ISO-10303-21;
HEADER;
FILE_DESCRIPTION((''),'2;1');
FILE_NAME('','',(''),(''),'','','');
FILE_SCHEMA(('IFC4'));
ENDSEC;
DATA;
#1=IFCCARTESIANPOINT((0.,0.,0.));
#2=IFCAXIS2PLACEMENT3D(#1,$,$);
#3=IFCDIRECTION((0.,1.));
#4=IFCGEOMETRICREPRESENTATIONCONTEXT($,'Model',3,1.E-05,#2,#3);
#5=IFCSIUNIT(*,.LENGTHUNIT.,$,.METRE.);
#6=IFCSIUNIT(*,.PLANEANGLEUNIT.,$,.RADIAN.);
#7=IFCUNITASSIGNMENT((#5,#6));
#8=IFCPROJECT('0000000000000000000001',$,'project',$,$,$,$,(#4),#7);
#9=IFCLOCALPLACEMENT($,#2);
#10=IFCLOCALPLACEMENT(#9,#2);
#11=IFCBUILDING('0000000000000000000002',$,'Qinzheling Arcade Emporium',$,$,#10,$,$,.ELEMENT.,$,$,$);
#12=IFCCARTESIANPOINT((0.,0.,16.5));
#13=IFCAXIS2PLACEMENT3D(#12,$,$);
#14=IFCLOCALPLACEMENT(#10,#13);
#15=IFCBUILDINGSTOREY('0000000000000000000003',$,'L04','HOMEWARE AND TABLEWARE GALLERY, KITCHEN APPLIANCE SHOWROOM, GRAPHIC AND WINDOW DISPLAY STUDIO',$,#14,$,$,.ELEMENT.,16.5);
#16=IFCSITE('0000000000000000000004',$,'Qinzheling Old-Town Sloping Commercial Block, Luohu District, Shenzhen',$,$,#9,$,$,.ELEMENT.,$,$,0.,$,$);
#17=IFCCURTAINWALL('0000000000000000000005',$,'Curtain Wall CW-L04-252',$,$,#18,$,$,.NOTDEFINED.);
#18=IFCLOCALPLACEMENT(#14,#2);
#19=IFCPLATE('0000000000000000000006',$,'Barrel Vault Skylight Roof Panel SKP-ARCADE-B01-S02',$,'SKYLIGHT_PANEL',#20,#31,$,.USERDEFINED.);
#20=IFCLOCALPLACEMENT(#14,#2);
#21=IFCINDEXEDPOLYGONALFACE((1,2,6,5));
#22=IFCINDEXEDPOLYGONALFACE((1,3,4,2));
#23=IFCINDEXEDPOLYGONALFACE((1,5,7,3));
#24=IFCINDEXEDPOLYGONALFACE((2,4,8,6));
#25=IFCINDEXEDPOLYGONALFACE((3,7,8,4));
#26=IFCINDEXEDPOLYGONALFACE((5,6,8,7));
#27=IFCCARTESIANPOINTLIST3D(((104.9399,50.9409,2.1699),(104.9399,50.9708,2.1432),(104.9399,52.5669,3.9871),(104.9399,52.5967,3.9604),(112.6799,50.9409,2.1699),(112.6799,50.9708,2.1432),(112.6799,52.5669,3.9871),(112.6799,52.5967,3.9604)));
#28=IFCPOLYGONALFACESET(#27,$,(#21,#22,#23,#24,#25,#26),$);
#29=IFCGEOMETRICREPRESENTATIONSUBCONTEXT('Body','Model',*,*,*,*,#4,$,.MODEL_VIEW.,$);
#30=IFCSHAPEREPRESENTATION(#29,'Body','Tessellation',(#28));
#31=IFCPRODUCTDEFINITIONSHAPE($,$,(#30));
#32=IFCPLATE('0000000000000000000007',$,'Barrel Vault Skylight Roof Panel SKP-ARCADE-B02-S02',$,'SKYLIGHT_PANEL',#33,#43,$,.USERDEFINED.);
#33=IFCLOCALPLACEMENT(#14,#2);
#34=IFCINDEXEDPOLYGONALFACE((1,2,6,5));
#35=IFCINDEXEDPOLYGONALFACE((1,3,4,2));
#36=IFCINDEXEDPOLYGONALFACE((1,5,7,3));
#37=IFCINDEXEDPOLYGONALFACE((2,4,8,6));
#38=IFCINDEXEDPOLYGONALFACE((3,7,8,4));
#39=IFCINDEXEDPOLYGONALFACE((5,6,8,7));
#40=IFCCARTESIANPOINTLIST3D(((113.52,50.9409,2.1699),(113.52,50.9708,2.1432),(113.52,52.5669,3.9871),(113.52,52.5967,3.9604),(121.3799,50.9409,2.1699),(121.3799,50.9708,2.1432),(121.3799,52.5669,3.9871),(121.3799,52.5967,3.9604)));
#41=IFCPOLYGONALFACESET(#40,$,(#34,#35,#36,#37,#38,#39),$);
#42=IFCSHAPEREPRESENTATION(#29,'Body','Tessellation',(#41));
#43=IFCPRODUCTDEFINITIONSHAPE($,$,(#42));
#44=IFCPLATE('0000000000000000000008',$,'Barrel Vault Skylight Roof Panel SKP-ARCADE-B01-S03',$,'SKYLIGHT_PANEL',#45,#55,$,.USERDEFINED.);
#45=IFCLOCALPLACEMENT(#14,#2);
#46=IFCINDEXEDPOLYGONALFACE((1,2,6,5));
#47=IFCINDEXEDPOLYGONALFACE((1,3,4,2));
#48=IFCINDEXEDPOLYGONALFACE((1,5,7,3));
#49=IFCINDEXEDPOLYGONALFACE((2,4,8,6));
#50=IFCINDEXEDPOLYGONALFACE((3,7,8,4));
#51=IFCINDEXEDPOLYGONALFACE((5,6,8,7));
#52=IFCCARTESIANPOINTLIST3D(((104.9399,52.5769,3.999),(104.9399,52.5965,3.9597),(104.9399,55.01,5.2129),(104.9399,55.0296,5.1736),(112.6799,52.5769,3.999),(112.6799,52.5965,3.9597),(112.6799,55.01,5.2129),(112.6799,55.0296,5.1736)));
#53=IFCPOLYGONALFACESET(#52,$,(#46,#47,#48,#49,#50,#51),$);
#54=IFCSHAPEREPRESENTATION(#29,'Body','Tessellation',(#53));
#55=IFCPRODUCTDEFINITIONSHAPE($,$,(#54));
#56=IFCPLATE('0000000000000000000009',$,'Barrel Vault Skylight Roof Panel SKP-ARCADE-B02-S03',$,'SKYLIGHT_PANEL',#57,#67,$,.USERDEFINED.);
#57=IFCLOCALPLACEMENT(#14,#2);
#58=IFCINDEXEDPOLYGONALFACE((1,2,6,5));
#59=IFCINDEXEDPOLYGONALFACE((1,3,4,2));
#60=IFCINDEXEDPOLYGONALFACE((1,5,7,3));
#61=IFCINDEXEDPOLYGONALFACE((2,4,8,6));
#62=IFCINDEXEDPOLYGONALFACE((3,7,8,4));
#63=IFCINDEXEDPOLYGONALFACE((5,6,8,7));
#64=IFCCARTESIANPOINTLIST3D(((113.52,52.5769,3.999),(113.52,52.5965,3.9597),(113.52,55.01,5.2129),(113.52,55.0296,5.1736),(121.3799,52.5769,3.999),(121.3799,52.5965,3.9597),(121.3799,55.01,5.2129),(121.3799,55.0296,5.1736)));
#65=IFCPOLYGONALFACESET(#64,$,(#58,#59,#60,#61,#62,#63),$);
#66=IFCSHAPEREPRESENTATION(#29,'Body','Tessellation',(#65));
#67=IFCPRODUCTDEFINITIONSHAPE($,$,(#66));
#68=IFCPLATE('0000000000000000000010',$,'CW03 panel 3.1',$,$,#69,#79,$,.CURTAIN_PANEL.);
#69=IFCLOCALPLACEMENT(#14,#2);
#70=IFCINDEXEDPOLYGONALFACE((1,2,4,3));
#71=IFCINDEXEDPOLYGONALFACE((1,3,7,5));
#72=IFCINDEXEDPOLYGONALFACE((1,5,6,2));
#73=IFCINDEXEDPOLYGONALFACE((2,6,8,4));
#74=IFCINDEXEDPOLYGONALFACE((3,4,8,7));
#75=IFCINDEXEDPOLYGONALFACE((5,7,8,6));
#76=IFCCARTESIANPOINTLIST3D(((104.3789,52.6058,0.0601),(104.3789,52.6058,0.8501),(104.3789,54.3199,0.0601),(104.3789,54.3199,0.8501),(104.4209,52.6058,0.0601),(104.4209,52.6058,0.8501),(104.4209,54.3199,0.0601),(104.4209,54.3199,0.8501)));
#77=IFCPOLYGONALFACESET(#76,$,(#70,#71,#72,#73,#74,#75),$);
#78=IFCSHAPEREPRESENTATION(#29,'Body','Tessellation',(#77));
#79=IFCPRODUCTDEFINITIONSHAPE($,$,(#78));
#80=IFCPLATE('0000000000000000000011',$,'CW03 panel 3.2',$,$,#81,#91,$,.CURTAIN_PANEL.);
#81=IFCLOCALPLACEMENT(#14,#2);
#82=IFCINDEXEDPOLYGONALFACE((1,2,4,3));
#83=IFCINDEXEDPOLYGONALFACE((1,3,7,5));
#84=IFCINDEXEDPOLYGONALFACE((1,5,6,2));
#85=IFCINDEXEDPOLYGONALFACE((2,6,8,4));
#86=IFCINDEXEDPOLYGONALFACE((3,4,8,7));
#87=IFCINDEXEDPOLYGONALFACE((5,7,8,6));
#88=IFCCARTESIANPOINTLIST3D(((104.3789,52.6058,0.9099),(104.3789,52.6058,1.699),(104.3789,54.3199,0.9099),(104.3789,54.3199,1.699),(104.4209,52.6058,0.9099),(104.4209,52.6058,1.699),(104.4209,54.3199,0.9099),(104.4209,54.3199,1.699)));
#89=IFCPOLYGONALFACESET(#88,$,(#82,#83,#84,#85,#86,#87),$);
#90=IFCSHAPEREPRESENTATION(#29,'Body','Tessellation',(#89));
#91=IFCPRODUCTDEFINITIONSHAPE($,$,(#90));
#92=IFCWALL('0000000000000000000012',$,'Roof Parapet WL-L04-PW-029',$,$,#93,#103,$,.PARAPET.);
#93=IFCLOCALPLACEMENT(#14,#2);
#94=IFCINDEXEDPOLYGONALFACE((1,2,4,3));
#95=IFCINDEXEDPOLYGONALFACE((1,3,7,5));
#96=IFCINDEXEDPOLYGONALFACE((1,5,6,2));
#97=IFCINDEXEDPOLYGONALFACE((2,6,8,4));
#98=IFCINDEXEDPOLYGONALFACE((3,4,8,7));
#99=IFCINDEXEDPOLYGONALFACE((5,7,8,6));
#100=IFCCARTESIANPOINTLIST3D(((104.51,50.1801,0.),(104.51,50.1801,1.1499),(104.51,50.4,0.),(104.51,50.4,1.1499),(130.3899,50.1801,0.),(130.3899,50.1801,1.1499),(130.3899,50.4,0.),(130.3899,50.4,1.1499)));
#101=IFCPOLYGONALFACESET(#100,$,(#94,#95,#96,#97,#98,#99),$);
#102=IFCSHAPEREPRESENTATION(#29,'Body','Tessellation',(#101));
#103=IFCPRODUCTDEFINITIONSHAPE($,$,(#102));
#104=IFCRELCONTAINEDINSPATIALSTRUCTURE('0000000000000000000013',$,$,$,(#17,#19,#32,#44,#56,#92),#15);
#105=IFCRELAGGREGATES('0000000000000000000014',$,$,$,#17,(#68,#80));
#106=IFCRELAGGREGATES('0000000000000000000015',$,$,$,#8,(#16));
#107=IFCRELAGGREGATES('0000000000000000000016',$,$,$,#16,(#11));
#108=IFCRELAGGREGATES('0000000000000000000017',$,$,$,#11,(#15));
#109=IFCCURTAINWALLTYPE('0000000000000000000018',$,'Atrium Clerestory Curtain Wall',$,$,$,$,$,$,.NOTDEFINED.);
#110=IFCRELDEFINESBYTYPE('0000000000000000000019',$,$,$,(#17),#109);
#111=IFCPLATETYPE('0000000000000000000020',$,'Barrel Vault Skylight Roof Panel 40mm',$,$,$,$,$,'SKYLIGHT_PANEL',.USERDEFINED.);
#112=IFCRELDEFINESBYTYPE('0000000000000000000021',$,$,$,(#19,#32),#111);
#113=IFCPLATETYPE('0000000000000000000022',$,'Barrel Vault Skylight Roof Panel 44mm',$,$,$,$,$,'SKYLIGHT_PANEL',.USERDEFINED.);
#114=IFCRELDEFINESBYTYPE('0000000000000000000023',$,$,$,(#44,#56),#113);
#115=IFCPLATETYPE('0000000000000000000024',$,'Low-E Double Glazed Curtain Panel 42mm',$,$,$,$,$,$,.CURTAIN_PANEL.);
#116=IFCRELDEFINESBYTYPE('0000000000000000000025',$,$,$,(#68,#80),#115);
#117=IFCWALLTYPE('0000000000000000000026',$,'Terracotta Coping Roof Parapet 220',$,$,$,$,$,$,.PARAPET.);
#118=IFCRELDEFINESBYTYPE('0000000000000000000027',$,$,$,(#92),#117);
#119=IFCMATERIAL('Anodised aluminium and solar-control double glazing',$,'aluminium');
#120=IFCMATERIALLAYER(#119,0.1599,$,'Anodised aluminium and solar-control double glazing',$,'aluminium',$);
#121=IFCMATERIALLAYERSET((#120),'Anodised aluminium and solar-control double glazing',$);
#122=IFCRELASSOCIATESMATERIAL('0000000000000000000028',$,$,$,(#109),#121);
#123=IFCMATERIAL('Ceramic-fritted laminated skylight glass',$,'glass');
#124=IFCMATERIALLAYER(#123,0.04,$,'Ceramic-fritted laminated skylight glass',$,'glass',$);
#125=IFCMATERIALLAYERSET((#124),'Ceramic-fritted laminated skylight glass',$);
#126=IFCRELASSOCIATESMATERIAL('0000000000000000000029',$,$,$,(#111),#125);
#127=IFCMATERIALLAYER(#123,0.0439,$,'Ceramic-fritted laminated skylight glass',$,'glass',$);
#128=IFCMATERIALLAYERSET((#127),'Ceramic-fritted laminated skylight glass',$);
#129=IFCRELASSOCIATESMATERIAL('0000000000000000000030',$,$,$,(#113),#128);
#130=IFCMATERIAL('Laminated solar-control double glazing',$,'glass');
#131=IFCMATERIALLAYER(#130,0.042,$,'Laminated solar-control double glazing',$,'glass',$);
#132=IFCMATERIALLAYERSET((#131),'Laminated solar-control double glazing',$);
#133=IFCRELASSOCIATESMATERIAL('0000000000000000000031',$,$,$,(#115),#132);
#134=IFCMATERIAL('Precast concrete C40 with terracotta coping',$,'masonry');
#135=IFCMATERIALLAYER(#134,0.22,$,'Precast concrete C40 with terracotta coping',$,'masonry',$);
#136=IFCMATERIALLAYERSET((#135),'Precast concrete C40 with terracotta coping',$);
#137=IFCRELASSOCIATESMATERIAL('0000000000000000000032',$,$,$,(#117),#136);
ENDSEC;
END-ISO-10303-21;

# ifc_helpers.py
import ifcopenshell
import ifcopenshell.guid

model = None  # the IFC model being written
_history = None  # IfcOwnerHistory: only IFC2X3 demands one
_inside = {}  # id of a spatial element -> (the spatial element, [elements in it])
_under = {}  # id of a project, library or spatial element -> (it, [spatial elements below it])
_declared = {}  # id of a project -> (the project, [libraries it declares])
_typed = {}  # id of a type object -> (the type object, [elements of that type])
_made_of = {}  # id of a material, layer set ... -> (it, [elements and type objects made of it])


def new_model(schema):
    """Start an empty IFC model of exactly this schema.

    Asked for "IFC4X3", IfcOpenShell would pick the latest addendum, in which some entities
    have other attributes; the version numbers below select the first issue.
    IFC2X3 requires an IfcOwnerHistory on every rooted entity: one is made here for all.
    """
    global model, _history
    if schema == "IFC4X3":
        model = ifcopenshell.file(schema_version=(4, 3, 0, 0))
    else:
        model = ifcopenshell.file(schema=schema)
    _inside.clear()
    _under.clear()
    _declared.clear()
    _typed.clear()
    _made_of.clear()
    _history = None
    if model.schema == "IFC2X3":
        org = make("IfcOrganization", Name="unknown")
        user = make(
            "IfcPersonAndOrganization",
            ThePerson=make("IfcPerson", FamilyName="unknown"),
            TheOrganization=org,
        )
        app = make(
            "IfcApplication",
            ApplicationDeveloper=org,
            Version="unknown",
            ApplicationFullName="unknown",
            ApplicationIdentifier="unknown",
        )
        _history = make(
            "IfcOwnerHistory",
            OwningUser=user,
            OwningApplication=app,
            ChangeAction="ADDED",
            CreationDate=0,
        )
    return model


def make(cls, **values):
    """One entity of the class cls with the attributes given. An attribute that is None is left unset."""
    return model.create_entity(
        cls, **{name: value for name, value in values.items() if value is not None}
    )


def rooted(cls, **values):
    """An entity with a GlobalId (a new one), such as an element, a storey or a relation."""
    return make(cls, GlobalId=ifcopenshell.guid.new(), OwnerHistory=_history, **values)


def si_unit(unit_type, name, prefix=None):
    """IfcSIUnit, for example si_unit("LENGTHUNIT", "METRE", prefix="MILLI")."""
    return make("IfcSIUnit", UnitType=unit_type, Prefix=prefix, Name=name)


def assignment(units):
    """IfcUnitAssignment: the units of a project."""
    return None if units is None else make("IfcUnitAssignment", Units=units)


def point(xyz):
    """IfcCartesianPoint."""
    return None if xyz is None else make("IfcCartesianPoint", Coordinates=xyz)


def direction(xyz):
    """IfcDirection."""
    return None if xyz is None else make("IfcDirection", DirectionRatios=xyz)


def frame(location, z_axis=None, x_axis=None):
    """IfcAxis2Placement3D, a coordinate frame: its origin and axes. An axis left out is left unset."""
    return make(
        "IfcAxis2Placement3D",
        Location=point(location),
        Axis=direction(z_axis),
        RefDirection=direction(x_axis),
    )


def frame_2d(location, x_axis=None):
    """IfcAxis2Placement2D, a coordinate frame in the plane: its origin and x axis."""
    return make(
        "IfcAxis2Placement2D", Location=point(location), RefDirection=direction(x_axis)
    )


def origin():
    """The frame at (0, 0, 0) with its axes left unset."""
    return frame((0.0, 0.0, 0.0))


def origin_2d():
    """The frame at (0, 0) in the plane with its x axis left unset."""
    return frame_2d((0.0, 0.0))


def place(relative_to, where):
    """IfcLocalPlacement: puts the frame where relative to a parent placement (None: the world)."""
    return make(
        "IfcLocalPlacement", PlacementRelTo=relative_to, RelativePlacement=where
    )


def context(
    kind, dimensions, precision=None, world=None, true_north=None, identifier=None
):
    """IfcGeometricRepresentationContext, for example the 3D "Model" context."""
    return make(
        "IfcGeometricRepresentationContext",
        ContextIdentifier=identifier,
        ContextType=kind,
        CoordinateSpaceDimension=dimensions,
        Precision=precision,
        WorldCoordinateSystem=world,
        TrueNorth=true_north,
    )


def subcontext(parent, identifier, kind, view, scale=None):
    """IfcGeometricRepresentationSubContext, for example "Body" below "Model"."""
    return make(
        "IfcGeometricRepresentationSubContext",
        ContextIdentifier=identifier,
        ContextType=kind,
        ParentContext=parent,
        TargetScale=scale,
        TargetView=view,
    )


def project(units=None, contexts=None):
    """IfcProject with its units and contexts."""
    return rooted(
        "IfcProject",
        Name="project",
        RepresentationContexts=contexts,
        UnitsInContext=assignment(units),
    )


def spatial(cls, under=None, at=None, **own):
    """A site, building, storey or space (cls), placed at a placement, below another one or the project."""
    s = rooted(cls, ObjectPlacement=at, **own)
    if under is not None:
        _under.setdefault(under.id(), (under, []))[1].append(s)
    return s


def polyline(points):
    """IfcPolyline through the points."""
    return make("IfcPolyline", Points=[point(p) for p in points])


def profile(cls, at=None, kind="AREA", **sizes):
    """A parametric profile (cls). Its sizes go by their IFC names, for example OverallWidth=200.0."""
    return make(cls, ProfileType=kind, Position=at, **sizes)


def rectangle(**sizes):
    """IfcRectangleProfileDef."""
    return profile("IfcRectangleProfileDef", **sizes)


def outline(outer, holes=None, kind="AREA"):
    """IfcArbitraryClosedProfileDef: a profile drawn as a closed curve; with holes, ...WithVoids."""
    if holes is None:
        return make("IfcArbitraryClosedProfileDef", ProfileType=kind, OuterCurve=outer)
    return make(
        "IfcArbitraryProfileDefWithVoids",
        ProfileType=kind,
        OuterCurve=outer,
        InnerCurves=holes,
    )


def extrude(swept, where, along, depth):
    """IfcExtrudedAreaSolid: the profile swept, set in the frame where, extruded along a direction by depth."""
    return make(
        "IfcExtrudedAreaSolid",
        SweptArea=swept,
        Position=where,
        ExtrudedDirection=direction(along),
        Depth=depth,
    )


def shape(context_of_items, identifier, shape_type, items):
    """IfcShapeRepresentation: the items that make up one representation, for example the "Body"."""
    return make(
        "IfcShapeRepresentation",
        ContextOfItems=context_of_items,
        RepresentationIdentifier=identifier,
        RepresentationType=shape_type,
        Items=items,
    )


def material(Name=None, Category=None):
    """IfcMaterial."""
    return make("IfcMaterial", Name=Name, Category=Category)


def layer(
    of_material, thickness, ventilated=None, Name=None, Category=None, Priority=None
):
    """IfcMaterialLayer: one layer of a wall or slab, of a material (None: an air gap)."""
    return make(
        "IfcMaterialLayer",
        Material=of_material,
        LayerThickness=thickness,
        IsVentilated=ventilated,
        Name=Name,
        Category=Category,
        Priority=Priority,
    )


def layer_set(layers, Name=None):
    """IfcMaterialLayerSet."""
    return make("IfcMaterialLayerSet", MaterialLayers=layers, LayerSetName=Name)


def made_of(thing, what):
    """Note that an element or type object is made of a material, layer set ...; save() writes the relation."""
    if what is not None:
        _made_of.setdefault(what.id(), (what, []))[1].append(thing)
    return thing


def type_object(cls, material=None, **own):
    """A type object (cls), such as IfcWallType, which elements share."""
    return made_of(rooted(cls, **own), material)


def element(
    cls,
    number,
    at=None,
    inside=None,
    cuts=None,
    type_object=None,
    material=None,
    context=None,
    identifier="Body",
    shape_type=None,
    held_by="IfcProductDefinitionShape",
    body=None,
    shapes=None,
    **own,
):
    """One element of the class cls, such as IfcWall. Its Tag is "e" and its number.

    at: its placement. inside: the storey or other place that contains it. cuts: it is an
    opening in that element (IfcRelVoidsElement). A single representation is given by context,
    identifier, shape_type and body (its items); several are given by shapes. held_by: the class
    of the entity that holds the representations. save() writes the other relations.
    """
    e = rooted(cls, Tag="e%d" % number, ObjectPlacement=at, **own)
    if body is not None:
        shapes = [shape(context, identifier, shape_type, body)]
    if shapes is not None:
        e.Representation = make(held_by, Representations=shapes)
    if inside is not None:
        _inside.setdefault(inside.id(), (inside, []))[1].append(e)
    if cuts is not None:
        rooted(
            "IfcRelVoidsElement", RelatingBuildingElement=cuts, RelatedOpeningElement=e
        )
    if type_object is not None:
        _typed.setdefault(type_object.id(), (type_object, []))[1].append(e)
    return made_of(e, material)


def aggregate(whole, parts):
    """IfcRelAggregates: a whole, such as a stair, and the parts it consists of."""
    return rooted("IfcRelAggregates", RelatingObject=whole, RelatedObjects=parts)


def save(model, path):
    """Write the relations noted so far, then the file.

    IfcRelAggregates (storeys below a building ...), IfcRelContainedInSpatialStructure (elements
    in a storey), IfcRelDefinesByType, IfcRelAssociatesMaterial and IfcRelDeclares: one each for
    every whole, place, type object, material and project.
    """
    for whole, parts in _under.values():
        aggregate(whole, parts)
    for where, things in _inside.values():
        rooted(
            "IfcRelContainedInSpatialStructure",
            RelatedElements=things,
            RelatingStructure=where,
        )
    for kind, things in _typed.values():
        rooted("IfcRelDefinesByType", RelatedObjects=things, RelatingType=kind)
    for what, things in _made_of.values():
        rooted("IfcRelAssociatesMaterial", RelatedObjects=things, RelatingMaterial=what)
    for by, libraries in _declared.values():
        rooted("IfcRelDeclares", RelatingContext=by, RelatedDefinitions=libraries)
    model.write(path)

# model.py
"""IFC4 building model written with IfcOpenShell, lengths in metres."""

from ifc_helpers import new_model, si_unit, direction, frame, frame_2d, origin, origin_2d, place, context, subcontext, project, spatial, polyline, rectangle, outline, extrude, material, layer, layer_set, type_object, element, aggregate, save


model = new_model("IFC4")

# Units and contexts
model_context = context("Model", 3, precision=1e-05, world=origin(), true_north=direction((0.0, 1.0)))
body_context = subcontext(model_context, "Body", "Model", "MODEL_VIEW")
ifc_project = project(units=[si_unit("LENGTHUNIT", "METRE"), si_unit("PLANEANGLEUNIT", "RADIAN")], contexts=[model_context])

# Site, building, storey
site_placement = place(None, origin())
site = spatial("IfcSite", under=ifc_project, at=site_placement, Name="Qinzheling Old-Town Sloping Commercial Block, Luohu District, Shenzhen", CompositionType="ELEMENT", RefElevation=0.0)
building_placement = place(site_placement, origin())
building = spatial("IfcBuilding", under=site, at=building_placement, Name="Qinzheling Arcade Emporium", CompositionType="ELEMENT")
storey_placement = place(building_placement, frame((0.0, 0.0, 16.5)))
storey = spatial("IfcBuildingStorey", under=building, at=storey_placement, Name="L04", Description="HOMEWARE AND TABLEWARE GALLERY, KITCHEN APPLIANCE SHOWROOM, GRAPHIC AND WINDOW DISPLAY STUDIO", CompositionType="ELEMENT", Elevation=16.5)

# Curtain wall
ifc_material_1 = material(Name="Anodised aluminium and solar-control double glazing", Category="aluminium")
ifc_layer_1 = layer(ifc_material_1, 0.1599, Name="Anodised aluminium and solar-control double glazing", Category="aluminium")
ifc_layer_set_1 = layer_set([ifc_layer_1], Name="Anodised aluminium and solar-control double glazing")
curtain_wall_type = type_object("IfcCurtainWallType", Name="Atrium Clerestory Curtain Wall", PredefinedType="NOTDEFINED", material=ifc_layer_set_1)
curtain_wall_placement = place(storey_placement, origin())
curtain_wall = element("IfcCurtainWall", 1, at=curtain_wall_placement, inside=storey, type_object=curtain_wall_type, Name="Curtain Wall CW-L04-252", PredefinedType="NOTDEFINED")

# Plates
ifc_material_2 = material(Name="Ceramic-fritted laminated skylight glass", Category="glass")
ifc_layer_2 = layer(ifc_material_2, 0.04, Name="Ceramic-fritted laminated skylight glass", Category="glass")
ifc_layer_set_2 = layer_set([ifc_layer_2], Name="Ceramic-fritted laminated skylight glass")
plate_type_1 = type_object("IfcPlateType", Name="Barrel Vault Skylight Roof Panel 40mm", ElementType="SKYLIGHT_PANEL", PredefinedType="USERDEFINED", material=ifc_layer_set_2)
plate_1_placement = place(storey_placement, frame((104.9399, 50.9409, 2.1699), z_axis=(0.0, -0.745218, 0.666821), x_axis=(1.0, 0.0, 0.0)))
element("IfcPlate", 2, at=plate_1_placement, inside=storey, type_object=plate_type_1, Name="Barrel Vault Skylight Roof Panel SKP-ARCADE-B01-S02", ObjectType="SKYLIGHT_PANEL", PredefinedType="USERDEFINED", context=body_context, shape_type="SweptSolid", body=[
    extrude(outline(polyline([(0.0, 0.0), (7.74, 0.0), (7.74, 2.4384), (0.0, 2.4384), (0.0, 0.0)])), origin(), (0.0, 0.0, -1.0), 0.04),
])
plate_2_placement = place(storey_placement, frame((113.52, 50.9409, 2.1699), z_axis=(0.0, -0.745218, 0.666821), x_axis=(1.0, 0.0, 0.0)))
element("IfcPlate", 3, at=plate_2_placement, inside=storey, type_object=plate_type_1, Name="Barrel Vault Skylight Roof Panel SKP-ARCADE-B02-S02", ObjectType="SKYLIGHT_PANEL", PredefinedType="USERDEFINED", context=body_context, shape_type="SweptSolid", body=[
    extrude(outline(polyline([(0.0, 0.0), (7.8599, 0.0), (7.8599, 2.4384), (0.0, 2.4384), (0.0, 0.0)])), origin(), (0.0, 0.0, -1.0), 0.04),
])
ifc_layer_3 = layer(ifc_material_2, 0.0439, Name="Ceramic-fritted laminated skylight glass", Category="glass")
ifc_layer_set_3 = layer_set([ifc_layer_3], Name="Ceramic-fritted laminated skylight glass")
plate_type_2 = type_object("IfcPlateType", Name="Barrel Vault Skylight Roof Panel 44mm", ElementType="SKYLIGHT_PANEL", PredefinedType="USERDEFINED", material=ifc_layer_set_3)
plate_3_placement = place(storey_placement, frame((104.9399, 52.5769, 3.999), z_axis=(0.0, -0.446423, 0.894822), x_axis=(1.0, 0.0, 0.0)))
element("IfcPlate", 4, at=plate_3_placement, inside=storey, type_object=plate_type_2, Name="Barrel Vault Skylight Roof Panel SKP-ARCADE-B01-S03", ObjectType="SKYLIGHT_PANEL", PredefinedType="USERDEFINED", context=body_context, shape_type="SweptSolid", body=[
    extrude(outline(polyline([(0.0, 0.0), (7.74, 0.0), (7.74, 2.7191), (0.0, 2.7191), (0.0, 0.0)])), origin(), (0.0, 0.0, -1.0), 0.0439),
])
plate_4_placement = place(storey_placement, frame((113.52, 52.5769, 3.999), z_axis=(0.0, -0.446423, 0.894822), x_axis=(1.0, 0.0, 0.0)))
element("IfcPlate", 5, at=plate_4_placement, inside=storey, type_object=plate_type_2, Name="Barrel Vault Skylight Roof Panel SKP-ARCADE-B02-S03", ObjectType="SKYLIGHT_PANEL", PredefinedType="USERDEFINED", context=body_context, shape_type="SweptSolid", body=[
    extrude(outline(polyline([(0.0, 0.0), (7.8599, 0.0), (7.8599, 2.7191), (0.0, 2.7191), (0.0, 0.0)])), origin(), (0.0, 0.0, -1.0), 0.0439),
])

# Plates
ifc_material_3 = material(Name="Laminated solar-control double glazing", Category="glass")
ifc_layer_4 = layer(ifc_material_3, 0.042, Name="Laminated solar-control double glazing", Category="glass")
ifc_layer_set_4 = layer_set([ifc_layer_4], Name="Laminated solar-control double glazing")
plate_type_3 = type_object("IfcPlateType", Name="Low-E Double Glazed Curtain Panel 42mm", PredefinedType="CURTAIN_PANEL", material=ifc_layer_set_4)
plate_5_placement = place(storey_placement, frame((104.3999, 53.4629, 0.0601), z_axis=(0.0, 0.0, 1.0), x_axis=(0.0, -1.0, 0.0)))
plate_5 = element("IfcPlate", 6, at=plate_5_placement, type_object=plate_type_3, Name="CW03 panel 3.1", PredefinedType="CURTAIN_PANEL", context=body_context, shape_type="SweptSolid", body=[
    extrude(rectangle(XDim=1.7141, YDim=0.042, at=origin_2d()), origin(), (0.0, 0.0, 1.0), 0.79),
])
plate_6_placement = place(storey_placement, frame((104.3999, 53.4629, 0.9099), z_axis=(0.0, 0.0, 1.0), x_axis=(0.0, -1.0, 0.0)))
plate_6 = element("IfcPlate", 7, at=plate_6_placement, type_object=plate_type_3, Name="CW03 panel 3.2", PredefinedType="CURTAIN_PANEL", context=body_context, shape_type="SweptSolid", body=[
    extrude(rectangle(XDim=1.7141, YDim=0.042, at=origin_2d()), origin(), (0.0, 0.0, 1.0), 0.7891),
])
aggregate(curtain_wall, [plate_5, plate_6])

# Wall
ifc_material_4 = material(Name="Precast concrete C40 with terracotta coping", Category="masonry")
ifc_layer_5 = layer(ifc_material_4, 0.22, Name="Precast concrete C40 with terracotta coping", Category="masonry")
ifc_layer_set_5 = layer_set([ifc_layer_5], Name="Precast concrete C40 with terracotta coping")
wall_type = type_object("IfcWallType", Name="Terracotta Coping Roof Parapet 220", PredefinedType="PARAPET", material=ifc_layer_set_5)
wall_placement = place(storey_placement, frame((104.51, 50.29, 0.0), z_axis=(0.0, 0.0, 1.0), x_axis=(1.0, 0.0, 0.0)))
element("IfcWall", 8, at=wall_placement, inside=storey, type_object=wall_type, Name="Roof Parapet WL-L04-PW-029", PredefinedType="PARAPET", context=body_context, shape_type="SweptSolid", body=[
    extrude(rectangle(XDim=25.8799, YDim=0.22, at=frame_2d((12.9399, 0.0))), origin(), (0.0, 0.0, 1.0), 1.1499),
])

save(model, "model.ifc")
